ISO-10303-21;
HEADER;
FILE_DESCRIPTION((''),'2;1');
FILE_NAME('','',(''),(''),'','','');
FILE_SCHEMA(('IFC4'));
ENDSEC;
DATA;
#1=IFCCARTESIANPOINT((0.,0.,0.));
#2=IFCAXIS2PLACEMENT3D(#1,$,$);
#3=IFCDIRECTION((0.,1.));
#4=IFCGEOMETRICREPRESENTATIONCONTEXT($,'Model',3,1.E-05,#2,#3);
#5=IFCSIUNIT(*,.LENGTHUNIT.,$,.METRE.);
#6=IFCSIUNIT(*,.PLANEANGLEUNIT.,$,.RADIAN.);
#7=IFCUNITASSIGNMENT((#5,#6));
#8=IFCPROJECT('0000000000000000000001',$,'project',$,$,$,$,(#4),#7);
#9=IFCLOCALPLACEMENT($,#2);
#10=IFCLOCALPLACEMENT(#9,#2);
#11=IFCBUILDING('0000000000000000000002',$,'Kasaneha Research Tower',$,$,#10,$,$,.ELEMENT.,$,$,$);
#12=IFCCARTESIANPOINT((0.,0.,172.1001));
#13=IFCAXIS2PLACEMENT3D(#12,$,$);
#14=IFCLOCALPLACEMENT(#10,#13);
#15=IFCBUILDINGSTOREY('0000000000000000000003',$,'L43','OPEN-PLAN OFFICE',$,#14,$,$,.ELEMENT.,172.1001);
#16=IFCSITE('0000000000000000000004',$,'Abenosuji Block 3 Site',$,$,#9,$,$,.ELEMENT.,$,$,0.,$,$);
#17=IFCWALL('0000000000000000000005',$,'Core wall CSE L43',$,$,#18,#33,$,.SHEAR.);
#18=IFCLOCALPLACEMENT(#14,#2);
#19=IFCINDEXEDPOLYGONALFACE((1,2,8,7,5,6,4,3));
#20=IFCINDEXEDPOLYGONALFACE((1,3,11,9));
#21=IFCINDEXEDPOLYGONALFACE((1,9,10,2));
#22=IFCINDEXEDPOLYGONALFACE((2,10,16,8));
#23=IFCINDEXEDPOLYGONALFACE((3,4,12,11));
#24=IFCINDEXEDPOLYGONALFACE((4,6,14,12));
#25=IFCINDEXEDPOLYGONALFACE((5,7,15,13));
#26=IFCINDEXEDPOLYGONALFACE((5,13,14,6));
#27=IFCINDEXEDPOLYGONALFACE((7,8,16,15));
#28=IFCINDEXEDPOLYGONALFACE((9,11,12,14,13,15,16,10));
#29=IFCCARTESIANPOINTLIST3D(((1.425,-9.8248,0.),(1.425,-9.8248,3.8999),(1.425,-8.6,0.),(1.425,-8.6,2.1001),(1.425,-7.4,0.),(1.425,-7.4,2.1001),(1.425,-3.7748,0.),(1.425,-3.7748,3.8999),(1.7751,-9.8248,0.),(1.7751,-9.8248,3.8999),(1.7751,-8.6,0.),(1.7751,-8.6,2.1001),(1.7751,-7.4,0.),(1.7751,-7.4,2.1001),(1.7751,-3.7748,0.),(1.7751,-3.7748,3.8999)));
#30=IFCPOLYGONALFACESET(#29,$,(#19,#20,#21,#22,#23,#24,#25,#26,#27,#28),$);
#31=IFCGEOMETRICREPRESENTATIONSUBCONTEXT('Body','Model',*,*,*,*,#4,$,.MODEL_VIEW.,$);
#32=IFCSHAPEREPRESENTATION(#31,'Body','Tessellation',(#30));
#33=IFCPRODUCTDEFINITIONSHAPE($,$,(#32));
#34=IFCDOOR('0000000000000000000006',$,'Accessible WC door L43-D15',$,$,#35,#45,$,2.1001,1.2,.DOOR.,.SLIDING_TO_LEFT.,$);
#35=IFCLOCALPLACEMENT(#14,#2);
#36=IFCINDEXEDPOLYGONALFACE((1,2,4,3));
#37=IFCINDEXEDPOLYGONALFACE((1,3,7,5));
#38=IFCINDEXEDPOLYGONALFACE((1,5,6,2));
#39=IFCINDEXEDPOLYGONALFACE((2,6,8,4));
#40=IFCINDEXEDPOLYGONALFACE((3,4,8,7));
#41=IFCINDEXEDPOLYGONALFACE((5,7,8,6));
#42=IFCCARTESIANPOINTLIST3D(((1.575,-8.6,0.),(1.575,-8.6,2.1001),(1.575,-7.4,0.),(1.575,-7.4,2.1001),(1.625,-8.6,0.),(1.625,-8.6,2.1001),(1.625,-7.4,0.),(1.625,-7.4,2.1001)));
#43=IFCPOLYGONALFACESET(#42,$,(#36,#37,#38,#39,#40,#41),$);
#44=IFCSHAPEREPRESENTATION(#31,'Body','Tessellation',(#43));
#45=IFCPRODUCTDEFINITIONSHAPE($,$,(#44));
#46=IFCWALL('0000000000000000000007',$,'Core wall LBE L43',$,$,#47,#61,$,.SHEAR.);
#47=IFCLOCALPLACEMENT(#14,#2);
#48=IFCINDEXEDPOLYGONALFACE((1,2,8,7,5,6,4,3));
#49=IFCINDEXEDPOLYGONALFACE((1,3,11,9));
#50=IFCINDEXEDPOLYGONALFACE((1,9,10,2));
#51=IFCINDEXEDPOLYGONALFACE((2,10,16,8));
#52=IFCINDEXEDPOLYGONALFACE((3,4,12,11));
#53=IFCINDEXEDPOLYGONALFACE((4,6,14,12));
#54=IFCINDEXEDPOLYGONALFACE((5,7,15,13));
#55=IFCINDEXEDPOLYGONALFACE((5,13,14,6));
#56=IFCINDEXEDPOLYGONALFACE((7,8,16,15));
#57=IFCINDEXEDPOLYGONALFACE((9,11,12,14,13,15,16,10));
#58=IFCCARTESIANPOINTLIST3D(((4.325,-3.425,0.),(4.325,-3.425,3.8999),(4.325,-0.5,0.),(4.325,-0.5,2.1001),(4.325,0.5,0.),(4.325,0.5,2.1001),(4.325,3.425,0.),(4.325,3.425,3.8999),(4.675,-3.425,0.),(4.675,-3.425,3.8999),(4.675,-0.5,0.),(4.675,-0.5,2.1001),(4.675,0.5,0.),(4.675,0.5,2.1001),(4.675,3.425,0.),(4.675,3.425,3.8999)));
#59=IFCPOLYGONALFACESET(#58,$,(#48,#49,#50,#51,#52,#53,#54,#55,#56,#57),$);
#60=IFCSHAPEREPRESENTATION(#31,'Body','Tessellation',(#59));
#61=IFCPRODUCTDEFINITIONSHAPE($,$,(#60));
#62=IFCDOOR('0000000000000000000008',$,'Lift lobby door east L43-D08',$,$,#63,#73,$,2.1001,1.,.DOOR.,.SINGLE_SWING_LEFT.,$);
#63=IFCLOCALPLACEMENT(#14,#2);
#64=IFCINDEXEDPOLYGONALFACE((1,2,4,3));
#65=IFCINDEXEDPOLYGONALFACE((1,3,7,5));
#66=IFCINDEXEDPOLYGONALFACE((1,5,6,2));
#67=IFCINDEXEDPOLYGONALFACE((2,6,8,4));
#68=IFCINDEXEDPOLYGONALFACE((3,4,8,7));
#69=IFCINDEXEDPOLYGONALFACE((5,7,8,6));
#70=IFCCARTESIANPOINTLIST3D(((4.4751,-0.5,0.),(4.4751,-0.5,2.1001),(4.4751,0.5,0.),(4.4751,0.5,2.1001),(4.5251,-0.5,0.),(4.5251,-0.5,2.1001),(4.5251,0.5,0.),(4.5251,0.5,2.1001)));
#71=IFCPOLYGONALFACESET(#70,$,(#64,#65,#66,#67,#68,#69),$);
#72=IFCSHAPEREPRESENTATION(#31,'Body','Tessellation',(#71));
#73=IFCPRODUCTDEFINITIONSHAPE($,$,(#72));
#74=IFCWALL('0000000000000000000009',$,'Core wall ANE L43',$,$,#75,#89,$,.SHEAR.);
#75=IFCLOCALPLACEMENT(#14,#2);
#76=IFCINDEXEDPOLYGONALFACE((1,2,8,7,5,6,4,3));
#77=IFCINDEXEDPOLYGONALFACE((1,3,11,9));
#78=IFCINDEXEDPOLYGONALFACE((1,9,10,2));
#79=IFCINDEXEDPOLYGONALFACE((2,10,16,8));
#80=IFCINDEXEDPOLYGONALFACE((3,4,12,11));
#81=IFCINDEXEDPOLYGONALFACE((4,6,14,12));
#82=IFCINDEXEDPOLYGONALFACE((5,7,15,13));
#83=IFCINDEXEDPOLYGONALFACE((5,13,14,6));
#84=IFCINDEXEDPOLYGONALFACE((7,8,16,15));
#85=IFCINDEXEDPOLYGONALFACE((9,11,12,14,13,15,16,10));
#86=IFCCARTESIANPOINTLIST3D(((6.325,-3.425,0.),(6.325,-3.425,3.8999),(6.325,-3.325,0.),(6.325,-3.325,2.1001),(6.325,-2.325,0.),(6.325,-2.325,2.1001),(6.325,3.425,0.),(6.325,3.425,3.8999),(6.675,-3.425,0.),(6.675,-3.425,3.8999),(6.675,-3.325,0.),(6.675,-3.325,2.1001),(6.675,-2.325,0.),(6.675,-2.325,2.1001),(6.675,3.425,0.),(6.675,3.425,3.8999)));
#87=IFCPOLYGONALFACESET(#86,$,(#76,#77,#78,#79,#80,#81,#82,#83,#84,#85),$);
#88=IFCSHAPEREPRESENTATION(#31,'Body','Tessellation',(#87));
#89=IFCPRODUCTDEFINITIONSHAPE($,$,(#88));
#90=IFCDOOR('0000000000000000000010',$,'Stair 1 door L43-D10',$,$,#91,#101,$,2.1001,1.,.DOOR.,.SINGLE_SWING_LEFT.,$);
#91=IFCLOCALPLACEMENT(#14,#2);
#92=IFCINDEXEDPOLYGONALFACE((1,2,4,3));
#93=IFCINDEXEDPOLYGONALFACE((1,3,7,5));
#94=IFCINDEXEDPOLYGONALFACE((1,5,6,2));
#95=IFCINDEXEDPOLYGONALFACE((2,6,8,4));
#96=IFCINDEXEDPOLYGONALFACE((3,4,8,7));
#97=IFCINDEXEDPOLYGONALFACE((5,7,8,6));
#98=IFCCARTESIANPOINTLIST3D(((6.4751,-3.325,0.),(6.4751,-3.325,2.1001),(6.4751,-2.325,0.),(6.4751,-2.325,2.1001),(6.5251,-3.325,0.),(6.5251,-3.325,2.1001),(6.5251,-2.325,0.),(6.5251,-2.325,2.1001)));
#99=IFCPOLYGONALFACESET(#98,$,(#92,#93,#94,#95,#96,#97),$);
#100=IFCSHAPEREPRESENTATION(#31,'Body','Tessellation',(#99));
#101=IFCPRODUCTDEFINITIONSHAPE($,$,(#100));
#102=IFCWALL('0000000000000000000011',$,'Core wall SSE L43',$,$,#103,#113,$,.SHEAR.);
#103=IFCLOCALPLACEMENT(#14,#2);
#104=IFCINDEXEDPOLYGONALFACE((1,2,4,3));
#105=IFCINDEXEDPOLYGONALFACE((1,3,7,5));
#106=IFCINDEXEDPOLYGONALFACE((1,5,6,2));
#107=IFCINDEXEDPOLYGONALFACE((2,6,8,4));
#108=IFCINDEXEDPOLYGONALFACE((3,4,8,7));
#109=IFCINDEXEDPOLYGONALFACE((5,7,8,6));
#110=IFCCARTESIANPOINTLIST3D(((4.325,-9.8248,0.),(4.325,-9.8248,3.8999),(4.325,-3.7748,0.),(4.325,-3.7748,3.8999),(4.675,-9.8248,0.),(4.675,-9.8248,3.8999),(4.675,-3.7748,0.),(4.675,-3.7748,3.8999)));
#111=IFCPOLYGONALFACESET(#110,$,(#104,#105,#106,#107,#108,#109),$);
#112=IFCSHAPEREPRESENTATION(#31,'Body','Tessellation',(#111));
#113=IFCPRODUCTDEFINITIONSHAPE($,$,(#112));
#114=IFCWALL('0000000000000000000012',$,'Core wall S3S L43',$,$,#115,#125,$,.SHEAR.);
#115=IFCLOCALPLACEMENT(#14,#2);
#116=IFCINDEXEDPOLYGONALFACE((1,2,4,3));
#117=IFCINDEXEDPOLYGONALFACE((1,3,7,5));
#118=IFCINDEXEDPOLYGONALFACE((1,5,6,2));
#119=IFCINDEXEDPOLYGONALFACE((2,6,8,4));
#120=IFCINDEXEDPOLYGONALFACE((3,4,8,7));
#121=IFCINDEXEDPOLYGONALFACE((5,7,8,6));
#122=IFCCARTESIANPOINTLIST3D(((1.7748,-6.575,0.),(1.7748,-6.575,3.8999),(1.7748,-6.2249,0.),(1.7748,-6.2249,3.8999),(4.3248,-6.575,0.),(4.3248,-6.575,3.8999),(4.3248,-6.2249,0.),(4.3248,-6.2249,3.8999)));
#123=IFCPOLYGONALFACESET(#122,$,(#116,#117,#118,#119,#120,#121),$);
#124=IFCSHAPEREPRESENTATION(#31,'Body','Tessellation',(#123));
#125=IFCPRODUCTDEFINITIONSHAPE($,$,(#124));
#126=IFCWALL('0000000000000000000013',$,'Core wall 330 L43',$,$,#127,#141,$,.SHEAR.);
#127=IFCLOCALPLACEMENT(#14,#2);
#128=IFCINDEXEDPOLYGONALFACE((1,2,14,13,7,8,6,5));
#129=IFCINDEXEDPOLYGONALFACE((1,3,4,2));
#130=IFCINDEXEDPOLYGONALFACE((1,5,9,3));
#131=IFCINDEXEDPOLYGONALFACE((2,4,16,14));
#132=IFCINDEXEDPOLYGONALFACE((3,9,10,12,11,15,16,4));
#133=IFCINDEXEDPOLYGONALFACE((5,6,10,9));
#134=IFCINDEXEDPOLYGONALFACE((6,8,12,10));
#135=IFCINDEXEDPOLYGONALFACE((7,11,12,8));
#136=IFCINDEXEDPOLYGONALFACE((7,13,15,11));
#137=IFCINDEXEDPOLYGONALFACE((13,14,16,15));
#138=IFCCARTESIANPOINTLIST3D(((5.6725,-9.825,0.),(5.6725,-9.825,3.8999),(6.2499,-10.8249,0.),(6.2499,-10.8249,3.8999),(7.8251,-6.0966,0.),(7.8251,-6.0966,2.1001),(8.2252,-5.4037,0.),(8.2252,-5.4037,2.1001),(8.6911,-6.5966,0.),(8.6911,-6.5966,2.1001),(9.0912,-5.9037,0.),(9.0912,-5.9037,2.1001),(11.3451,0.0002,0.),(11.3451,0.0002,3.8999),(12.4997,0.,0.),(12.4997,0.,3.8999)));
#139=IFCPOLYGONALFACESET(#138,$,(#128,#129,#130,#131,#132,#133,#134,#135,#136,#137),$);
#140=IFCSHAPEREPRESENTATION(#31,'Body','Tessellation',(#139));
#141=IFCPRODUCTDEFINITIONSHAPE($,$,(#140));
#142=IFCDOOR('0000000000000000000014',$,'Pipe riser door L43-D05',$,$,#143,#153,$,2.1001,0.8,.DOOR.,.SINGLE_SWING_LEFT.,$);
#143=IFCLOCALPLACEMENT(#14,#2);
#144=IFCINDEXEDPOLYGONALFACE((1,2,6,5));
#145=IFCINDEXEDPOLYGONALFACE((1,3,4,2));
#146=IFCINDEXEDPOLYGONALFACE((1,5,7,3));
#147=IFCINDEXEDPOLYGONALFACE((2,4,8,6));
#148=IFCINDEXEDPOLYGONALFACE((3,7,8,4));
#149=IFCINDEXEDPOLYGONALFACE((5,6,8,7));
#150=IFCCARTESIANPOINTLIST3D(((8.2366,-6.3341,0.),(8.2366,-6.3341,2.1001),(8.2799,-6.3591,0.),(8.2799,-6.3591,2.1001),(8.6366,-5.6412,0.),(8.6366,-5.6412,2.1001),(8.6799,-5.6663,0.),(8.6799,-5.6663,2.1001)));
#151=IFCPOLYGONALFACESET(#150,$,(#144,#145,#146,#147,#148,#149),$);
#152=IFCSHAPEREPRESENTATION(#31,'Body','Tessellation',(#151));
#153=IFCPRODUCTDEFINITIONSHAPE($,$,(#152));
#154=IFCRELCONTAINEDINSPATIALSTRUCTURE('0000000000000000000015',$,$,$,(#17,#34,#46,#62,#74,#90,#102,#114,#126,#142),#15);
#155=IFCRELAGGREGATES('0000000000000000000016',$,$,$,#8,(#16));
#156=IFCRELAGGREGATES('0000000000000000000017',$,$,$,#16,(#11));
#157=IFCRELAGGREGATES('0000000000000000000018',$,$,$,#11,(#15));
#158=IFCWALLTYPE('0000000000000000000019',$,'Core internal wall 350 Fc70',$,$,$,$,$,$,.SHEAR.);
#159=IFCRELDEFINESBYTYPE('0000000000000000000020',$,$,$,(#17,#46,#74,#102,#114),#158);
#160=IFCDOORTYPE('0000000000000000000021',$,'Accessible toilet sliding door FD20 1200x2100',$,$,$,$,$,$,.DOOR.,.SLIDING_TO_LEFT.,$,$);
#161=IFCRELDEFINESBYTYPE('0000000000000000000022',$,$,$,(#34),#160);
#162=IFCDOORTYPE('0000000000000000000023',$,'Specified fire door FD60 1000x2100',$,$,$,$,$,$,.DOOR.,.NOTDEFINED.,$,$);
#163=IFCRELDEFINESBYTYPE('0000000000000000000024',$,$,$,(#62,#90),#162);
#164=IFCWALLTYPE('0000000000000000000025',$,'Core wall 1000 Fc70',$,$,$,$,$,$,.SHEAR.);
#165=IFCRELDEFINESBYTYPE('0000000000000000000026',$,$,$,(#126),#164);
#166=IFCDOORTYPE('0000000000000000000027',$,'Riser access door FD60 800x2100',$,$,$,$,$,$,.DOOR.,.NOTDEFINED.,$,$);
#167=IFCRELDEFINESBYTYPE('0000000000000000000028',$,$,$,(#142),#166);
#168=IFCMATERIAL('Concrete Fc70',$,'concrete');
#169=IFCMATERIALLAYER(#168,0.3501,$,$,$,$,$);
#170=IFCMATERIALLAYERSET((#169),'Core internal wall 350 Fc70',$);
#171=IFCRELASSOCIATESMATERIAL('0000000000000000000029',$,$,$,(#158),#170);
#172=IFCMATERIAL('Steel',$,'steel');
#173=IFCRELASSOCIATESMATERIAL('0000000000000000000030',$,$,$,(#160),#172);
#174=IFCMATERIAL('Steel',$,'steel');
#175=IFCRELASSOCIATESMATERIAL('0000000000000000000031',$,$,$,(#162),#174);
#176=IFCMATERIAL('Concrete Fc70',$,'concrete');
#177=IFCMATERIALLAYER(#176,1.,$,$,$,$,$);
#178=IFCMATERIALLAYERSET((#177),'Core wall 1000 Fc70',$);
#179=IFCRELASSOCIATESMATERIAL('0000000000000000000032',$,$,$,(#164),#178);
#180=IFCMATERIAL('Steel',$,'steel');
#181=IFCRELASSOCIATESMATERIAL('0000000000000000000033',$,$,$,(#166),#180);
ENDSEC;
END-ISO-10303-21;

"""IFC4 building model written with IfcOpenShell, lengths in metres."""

from ifc_helpers import new_model, si_unit, direction, frame, frame_2d, origin, place, context, subcontext, project, spatial, polyline, rectangle, outline, extrude, material, layer, layer_set, type_object, element, fill, save


model = new_model("IFC4")

# Units and contexts
model_context = context("Model", 3, precision=1e-05, world=origin(), true_north=direction((0.0, 1.0)))
body_context = subcontext(model_context, "Body", "Model", "MODEL_VIEW")
ifc_project = project(units=[si_unit("LENGTHUNIT", "METRE"), si_unit("PLANEANGLEUNIT", "RADIAN")], contexts=[model_context])

# Site, building, storey
site_placement = place(None, origin())
site = spatial("IfcSite", under=ifc_project, at=site_placement, Name="Abenosuji Block 3 Site", CompositionType="ELEMENT", RefElevation=0.0)
building_placement = place(site_placement, origin())
building = spatial("IfcBuilding", under=site, at=building_placement, Name="Kasaneha Research Tower", CompositionType="ELEMENT")
storey_placement = place(building_placement, frame((0.0, 0.0, 172.1001)))
storey = spatial("IfcBuildingStorey", under=building, at=storey_placement, Name="L43", Description="OPEN-PLAN OFFICE", CompositionType="ELEMENT", Elevation=172.1001)

# Walls, openings, doors
ifc_material_1 = material(Name="Concrete Fc70", Category="concrete")
ifc_layer_1 = layer(ifc_material_1, 0.3501)
ifc_layer_set_1 = layer_set([ifc_layer_1], Name="Core internal wall 350 Fc70")
wall_type_1 = type_object("IfcWallType", Name="Core internal wall 350 Fc70", PredefinedType="SHEAR", material=ifc_layer_set_1)
wall_1_placement = place(storey_placement, frame((1.6001, -3.7749, 0.0), z_axis=(0.0, 0.0, 1.0), x_axis=(0.0, -1.0, 0.0)))
wall_1 = element("IfcWall", 1, at=wall_1_placement, inside=storey, type_object=wall_type_1, Name="Core wall CSE L43", PredefinedType="SHEAR", context=body_context, shape_type="SweptSolid", body=[
    extrude(rectangle(XDim=6.05, YDim=0.3501, at=frame_2d((3.0249, 0.0))), origin(), (0.0, 0.0, 1.0), 3.8999),
])
opening_1_placement = place(wall_1_placement, frame((3.625, 0.0, 0.0)))
opening_1 = element("IfcOpeningElement", 2, at=opening_1_placement, cuts=wall_1, PredefinedType="OPENING", context=body_context, shape_type="SweptSolid", body=[
    extrude(rectangle(XDim=1.2, YDim=2.1001, at=frame_2d((0.6001, 1.05))), frame((0.0, 0.1851, 0.0), z_axis=(0.0, -1.0, 0.0), x_axis=(1.0, 0.0, 0.0)), (0.0, 0.0, 1.0), 0.3701),
])
ifc_material_2 = material(Name="Steel", Category="steel")
door_type_1 = type_object("IfcDoorType", Name="Accessible toilet sliding door FD20 1200x2100", OperationType="SLIDING_TO_LEFT", PredefinedType="DOOR", material=ifc_material_2)
door_1_placement = place(opening_1_placement, origin())
door_1 = element("IfcDoor", 3, at=door_1_placement, inside=storey, type_object=door_type_1, Name="Accessible WC door L43-D15", OperationType="SLIDING_TO_LEFT", OverallHeight=2.1001, OverallWidth=1.2, PredefinedType="DOOR", context=body_context, shape_type="SweptSolid", body=[
    extrude(rectangle(XDim=1.2, YDim=2.1001, at=frame_2d((0.6001, 1.05))), frame((0.0, 0.0249, 0.0), z_axis=(0.0, -1.0, 0.0), x_axis=(1.0, 0.0, 0.0)), (0.0, 0.0, 1.0), 0.05),
])
fill(opening_1, door_1)
wall_2_placement = place(storey_placement, frame((4.5, -3.425, 0.0), z_axis=(0.0, 0.0, 1.0), x_axis=(0.0, 1.0, 0.0)))
wall_2 = element("IfcWall", 4, at=wall_2_placement, inside=storey, type_object=wall_type_1, Name="Core wall LBE L43", PredefinedType="SHEAR", context=body_context, shape_type="SweptSolid", body=[
    extrude(rectangle(XDim=6.8501, YDim=0.3501, at=frame_2d((3.425, 0.0))), origin(), (0.0, 0.0, 1.0), 3.8999),
])
opening_2_placement = place(wall_2_placement, frame((2.925, 0.0, 0.0)))
opening_2 = element("IfcOpeningElement", 5, at=opening_2_placement, cuts=wall_2, PredefinedType="OPENING", context=body_context, shape_type="SweptSolid", body=[
    extrude(rectangle(XDim=1.0, YDim=2.1001, at=frame_2d((0.5, 1.05))), frame((0.0, 0.1851, 0.0), z_axis=(0.0, -1.0, 0.0), x_axis=(1.0, 0.0, 0.0)), (0.0, 0.0, 1.0), 0.3701),
])
ifc_material_3 = material(Name="Steel", Category="steel")
door_type_2 = type_object("IfcDoorType", Name="Specified fire door FD60 1000x2100", OperationType="NOTDEFINED", PredefinedType="DOOR", material=ifc_material_3)
door_2_placement = place(opening_2_placement, origin())
door_2 = element("IfcDoor", 6, at=door_2_placement, inside=storey, type_object=door_type_2, Name="Lift lobby door east L43-D08", OperationType="SINGLE_SWING_LEFT", OverallHeight=2.1001, OverallWidth=1.0, PredefinedType="DOOR", context=body_context, shape_type="SweptSolid", body=[
    extrude(rectangle(XDim=1.0, YDim=2.1001, at=frame_2d((0.5, 1.05))), frame((0.0, 0.0249, 0.0), z_axis=(0.0, -1.0, 0.0), x_axis=(1.0, 0.0, 0.0)), (0.0, 0.0, 1.0), 0.05),
])
fill(opening_2, door_2)
wall_3_placement = place(storey_placement, frame((6.5, -3.425, 0.0), z_axis=(0.0, 0.0, 1.0), x_axis=(0.0, 1.0, 0.0)))
wall_3 = element("IfcWall", 7, at=wall_3_placement, inside=storey, type_object=wall_type_1, Name="Core wall ANE L43", PredefinedType="SHEAR", context=body_context, shape_type="SweptSolid", body=[
    extrude(rectangle(XDim=6.8501, YDim=0.3501, at=frame_2d((3.425, 0.0))), origin(), (0.0, 0.0, 1.0), 3.8999),
])
opening_3_placement = place(wall_3_placement, frame((0.1001, 0.0, 0.0)))
opening_3 = element("IfcOpeningElement", 8, at=opening_3_placement, cuts=wall_3, PredefinedType="OPENING", context=body_context, shape_type="SweptSolid", body=[
    extrude(rectangle(XDim=1.0, YDim=2.1001, at=frame_2d((0.5, 1.05))), frame((0.0, 0.1851, 0.0), z_axis=(0.0, -1.0, 0.0), x_axis=(1.0, 0.0, 0.0)), (0.0, 0.0, 1.0), 0.3701),
])
door_3_placement = place(opening_3_placement, origin())
door_3 = element("IfcDoor", 9, at=door_3_placement, inside=storey, type_object=door_type_2, Name="Stair 1 door L43-D10", OperationType="SINGLE_SWING_LEFT", OverallHeight=2.1001, OverallWidth=1.0, PredefinedType="DOOR", context=body_context, shape_type="SweptSolid", body=[
    extrude(rectangle(XDim=1.0, YDim=2.1001, at=frame_2d((0.5, 1.05))), frame((0.0, 0.0249, 0.0), z_axis=(0.0, -1.0, 0.0), x_axis=(1.0, 0.0, 0.0)), (0.0, 0.0, 1.0), 0.05),
])
fill(opening_3, door_3)

# Walls
wall_4_placement = place(storey_placement, frame((4.5, -3.7749, 0.0), z_axis=(0.0, 0.0, 1.0), x_axis=(0.0, -1.0, 0.0)))
element("IfcWall", 10, at=wall_4_placement, inside=storey, type_object=wall_type_1, Name="Core wall SSE L43", PredefinedType="SHEAR", context=body_context, shape_type="SweptSolid", body=[
    extrude(rectangle(XDim=6.05, YDim=0.3501, at=frame_2d((3.0249, 0.0))), origin(), (0.0, 0.0, 1.0), 3.8999),
])
wall_5_placement = place(storey_placement, frame((1.7749, -6.3999, 0.0), z_axis=(0.0, 0.0, 1.0), x_axis=(1.0, 0.0, 0.0)))
element("IfcWall", 11, at=wall_5_placement, inside=storey, type_object=wall_type_1, Name="Core wall S3S L43", PredefinedType="SHEAR", context=body_context, shape_type="SweptSolid", body=[
    extrude(rectangle(XDim=2.55, YDim=0.3501, at=frame_2d((1.2749, 0.0))), origin(), (0.0, 0.0, 1.0), 3.8999),
])

# Wall, opening, door
ifc_material_4 = material(Name="Concrete Fc70", Category="concrete")
ifc_layer_2 = layer(ifc_material_4, 1.0)
ifc_layer_set_2 = layer_set([ifc_layer_2], Name="Core wall 1000 Fc70")
wall_type_2 = type_object("IfcWallType", Name="Core wall 1000 Fc70", PredefinedType="SHEAR", material=ifc_layer_set_2)
wall_6_placement = place(storey_placement, frame((5.9612, -10.325, 0.0), z_axis=(0.0, 0.0, 1.0), x_axis=(0.500004, 0.866023, 0.0)))
wall_6 = element("IfcWall", 12, at=wall_6_placement, inside=storey, type_object=wall_type_2, Name="Core wall 330 L43", PredefinedType="SHEAR", context=body_context, shape_type="SweptSolid", body=[
    extrude(outline(polyline([(-0.2886, -0.5), (4.594, -0.5), (5.394, -0.5), (12.2109, -0.5), (11.6338, 0.5), (5.394, 0.5), (4.594, 0.5), (0.2886, 0.5), (-0.2886, -0.5)])), origin(), (0.0, 0.0, 1.0), 3.8999),
])
opening_4_placement = place(wall_6_placement, frame((4.594, 0.0, 0.0)))
opening_4 = element("IfcOpeningElement", 13, at=opening_4_placement, cuts=wall_6, PredefinedType="OPENING", context=body_context, shape_type="SweptSolid", body=[
    extrude(rectangle(XDim=0.8, YDim=2.1001, at=frame_2d((0.3999, 1.05))), frame((0.0, 0.51, 0.0), z_axis=(0.0, -1.0, 0.0), x_axis=(1.0, 0.0, 0.0)), (0.0, 0.0, 1.0), 1.02),
])
ifc_material_5 = material(Name="Steel", Category="steel")
door_type_3 = type_object("IfcDoorType", Name="Riser access door FD60 800x2100", OperationType="NOTDEFINED", PredefinedType="DOOR", material=ifc_material_5)
door_4_placement = place(opening_4_placement, origin())
door_4 = element("IfcDoor", 14, at=door_4_placement, inside=storey, type_object=door_type_3, Name="Pipe riser door L43-D05", OperationType="SINGLE_SWING_LEFT", OverallHeight=2.1001, OverallWidth=0.8, PredefinedType="DOOR", context=body_context, shape_type="SweptSolid", body=[
    extrude(rectangle(XDim=0.8, YDim=2.1001, at=frame_2d((0.3999, 1.05))), frame((0.0, 0.0249, 0.0), z_axis=(0.0, -1.0, 0.0), x_axis=(1.0, 0.0, 0.0)), (0.0, 0.0, 1.0), 0.05),
])
fill(opening_4, door_4)

save(model, "model.ifc")
